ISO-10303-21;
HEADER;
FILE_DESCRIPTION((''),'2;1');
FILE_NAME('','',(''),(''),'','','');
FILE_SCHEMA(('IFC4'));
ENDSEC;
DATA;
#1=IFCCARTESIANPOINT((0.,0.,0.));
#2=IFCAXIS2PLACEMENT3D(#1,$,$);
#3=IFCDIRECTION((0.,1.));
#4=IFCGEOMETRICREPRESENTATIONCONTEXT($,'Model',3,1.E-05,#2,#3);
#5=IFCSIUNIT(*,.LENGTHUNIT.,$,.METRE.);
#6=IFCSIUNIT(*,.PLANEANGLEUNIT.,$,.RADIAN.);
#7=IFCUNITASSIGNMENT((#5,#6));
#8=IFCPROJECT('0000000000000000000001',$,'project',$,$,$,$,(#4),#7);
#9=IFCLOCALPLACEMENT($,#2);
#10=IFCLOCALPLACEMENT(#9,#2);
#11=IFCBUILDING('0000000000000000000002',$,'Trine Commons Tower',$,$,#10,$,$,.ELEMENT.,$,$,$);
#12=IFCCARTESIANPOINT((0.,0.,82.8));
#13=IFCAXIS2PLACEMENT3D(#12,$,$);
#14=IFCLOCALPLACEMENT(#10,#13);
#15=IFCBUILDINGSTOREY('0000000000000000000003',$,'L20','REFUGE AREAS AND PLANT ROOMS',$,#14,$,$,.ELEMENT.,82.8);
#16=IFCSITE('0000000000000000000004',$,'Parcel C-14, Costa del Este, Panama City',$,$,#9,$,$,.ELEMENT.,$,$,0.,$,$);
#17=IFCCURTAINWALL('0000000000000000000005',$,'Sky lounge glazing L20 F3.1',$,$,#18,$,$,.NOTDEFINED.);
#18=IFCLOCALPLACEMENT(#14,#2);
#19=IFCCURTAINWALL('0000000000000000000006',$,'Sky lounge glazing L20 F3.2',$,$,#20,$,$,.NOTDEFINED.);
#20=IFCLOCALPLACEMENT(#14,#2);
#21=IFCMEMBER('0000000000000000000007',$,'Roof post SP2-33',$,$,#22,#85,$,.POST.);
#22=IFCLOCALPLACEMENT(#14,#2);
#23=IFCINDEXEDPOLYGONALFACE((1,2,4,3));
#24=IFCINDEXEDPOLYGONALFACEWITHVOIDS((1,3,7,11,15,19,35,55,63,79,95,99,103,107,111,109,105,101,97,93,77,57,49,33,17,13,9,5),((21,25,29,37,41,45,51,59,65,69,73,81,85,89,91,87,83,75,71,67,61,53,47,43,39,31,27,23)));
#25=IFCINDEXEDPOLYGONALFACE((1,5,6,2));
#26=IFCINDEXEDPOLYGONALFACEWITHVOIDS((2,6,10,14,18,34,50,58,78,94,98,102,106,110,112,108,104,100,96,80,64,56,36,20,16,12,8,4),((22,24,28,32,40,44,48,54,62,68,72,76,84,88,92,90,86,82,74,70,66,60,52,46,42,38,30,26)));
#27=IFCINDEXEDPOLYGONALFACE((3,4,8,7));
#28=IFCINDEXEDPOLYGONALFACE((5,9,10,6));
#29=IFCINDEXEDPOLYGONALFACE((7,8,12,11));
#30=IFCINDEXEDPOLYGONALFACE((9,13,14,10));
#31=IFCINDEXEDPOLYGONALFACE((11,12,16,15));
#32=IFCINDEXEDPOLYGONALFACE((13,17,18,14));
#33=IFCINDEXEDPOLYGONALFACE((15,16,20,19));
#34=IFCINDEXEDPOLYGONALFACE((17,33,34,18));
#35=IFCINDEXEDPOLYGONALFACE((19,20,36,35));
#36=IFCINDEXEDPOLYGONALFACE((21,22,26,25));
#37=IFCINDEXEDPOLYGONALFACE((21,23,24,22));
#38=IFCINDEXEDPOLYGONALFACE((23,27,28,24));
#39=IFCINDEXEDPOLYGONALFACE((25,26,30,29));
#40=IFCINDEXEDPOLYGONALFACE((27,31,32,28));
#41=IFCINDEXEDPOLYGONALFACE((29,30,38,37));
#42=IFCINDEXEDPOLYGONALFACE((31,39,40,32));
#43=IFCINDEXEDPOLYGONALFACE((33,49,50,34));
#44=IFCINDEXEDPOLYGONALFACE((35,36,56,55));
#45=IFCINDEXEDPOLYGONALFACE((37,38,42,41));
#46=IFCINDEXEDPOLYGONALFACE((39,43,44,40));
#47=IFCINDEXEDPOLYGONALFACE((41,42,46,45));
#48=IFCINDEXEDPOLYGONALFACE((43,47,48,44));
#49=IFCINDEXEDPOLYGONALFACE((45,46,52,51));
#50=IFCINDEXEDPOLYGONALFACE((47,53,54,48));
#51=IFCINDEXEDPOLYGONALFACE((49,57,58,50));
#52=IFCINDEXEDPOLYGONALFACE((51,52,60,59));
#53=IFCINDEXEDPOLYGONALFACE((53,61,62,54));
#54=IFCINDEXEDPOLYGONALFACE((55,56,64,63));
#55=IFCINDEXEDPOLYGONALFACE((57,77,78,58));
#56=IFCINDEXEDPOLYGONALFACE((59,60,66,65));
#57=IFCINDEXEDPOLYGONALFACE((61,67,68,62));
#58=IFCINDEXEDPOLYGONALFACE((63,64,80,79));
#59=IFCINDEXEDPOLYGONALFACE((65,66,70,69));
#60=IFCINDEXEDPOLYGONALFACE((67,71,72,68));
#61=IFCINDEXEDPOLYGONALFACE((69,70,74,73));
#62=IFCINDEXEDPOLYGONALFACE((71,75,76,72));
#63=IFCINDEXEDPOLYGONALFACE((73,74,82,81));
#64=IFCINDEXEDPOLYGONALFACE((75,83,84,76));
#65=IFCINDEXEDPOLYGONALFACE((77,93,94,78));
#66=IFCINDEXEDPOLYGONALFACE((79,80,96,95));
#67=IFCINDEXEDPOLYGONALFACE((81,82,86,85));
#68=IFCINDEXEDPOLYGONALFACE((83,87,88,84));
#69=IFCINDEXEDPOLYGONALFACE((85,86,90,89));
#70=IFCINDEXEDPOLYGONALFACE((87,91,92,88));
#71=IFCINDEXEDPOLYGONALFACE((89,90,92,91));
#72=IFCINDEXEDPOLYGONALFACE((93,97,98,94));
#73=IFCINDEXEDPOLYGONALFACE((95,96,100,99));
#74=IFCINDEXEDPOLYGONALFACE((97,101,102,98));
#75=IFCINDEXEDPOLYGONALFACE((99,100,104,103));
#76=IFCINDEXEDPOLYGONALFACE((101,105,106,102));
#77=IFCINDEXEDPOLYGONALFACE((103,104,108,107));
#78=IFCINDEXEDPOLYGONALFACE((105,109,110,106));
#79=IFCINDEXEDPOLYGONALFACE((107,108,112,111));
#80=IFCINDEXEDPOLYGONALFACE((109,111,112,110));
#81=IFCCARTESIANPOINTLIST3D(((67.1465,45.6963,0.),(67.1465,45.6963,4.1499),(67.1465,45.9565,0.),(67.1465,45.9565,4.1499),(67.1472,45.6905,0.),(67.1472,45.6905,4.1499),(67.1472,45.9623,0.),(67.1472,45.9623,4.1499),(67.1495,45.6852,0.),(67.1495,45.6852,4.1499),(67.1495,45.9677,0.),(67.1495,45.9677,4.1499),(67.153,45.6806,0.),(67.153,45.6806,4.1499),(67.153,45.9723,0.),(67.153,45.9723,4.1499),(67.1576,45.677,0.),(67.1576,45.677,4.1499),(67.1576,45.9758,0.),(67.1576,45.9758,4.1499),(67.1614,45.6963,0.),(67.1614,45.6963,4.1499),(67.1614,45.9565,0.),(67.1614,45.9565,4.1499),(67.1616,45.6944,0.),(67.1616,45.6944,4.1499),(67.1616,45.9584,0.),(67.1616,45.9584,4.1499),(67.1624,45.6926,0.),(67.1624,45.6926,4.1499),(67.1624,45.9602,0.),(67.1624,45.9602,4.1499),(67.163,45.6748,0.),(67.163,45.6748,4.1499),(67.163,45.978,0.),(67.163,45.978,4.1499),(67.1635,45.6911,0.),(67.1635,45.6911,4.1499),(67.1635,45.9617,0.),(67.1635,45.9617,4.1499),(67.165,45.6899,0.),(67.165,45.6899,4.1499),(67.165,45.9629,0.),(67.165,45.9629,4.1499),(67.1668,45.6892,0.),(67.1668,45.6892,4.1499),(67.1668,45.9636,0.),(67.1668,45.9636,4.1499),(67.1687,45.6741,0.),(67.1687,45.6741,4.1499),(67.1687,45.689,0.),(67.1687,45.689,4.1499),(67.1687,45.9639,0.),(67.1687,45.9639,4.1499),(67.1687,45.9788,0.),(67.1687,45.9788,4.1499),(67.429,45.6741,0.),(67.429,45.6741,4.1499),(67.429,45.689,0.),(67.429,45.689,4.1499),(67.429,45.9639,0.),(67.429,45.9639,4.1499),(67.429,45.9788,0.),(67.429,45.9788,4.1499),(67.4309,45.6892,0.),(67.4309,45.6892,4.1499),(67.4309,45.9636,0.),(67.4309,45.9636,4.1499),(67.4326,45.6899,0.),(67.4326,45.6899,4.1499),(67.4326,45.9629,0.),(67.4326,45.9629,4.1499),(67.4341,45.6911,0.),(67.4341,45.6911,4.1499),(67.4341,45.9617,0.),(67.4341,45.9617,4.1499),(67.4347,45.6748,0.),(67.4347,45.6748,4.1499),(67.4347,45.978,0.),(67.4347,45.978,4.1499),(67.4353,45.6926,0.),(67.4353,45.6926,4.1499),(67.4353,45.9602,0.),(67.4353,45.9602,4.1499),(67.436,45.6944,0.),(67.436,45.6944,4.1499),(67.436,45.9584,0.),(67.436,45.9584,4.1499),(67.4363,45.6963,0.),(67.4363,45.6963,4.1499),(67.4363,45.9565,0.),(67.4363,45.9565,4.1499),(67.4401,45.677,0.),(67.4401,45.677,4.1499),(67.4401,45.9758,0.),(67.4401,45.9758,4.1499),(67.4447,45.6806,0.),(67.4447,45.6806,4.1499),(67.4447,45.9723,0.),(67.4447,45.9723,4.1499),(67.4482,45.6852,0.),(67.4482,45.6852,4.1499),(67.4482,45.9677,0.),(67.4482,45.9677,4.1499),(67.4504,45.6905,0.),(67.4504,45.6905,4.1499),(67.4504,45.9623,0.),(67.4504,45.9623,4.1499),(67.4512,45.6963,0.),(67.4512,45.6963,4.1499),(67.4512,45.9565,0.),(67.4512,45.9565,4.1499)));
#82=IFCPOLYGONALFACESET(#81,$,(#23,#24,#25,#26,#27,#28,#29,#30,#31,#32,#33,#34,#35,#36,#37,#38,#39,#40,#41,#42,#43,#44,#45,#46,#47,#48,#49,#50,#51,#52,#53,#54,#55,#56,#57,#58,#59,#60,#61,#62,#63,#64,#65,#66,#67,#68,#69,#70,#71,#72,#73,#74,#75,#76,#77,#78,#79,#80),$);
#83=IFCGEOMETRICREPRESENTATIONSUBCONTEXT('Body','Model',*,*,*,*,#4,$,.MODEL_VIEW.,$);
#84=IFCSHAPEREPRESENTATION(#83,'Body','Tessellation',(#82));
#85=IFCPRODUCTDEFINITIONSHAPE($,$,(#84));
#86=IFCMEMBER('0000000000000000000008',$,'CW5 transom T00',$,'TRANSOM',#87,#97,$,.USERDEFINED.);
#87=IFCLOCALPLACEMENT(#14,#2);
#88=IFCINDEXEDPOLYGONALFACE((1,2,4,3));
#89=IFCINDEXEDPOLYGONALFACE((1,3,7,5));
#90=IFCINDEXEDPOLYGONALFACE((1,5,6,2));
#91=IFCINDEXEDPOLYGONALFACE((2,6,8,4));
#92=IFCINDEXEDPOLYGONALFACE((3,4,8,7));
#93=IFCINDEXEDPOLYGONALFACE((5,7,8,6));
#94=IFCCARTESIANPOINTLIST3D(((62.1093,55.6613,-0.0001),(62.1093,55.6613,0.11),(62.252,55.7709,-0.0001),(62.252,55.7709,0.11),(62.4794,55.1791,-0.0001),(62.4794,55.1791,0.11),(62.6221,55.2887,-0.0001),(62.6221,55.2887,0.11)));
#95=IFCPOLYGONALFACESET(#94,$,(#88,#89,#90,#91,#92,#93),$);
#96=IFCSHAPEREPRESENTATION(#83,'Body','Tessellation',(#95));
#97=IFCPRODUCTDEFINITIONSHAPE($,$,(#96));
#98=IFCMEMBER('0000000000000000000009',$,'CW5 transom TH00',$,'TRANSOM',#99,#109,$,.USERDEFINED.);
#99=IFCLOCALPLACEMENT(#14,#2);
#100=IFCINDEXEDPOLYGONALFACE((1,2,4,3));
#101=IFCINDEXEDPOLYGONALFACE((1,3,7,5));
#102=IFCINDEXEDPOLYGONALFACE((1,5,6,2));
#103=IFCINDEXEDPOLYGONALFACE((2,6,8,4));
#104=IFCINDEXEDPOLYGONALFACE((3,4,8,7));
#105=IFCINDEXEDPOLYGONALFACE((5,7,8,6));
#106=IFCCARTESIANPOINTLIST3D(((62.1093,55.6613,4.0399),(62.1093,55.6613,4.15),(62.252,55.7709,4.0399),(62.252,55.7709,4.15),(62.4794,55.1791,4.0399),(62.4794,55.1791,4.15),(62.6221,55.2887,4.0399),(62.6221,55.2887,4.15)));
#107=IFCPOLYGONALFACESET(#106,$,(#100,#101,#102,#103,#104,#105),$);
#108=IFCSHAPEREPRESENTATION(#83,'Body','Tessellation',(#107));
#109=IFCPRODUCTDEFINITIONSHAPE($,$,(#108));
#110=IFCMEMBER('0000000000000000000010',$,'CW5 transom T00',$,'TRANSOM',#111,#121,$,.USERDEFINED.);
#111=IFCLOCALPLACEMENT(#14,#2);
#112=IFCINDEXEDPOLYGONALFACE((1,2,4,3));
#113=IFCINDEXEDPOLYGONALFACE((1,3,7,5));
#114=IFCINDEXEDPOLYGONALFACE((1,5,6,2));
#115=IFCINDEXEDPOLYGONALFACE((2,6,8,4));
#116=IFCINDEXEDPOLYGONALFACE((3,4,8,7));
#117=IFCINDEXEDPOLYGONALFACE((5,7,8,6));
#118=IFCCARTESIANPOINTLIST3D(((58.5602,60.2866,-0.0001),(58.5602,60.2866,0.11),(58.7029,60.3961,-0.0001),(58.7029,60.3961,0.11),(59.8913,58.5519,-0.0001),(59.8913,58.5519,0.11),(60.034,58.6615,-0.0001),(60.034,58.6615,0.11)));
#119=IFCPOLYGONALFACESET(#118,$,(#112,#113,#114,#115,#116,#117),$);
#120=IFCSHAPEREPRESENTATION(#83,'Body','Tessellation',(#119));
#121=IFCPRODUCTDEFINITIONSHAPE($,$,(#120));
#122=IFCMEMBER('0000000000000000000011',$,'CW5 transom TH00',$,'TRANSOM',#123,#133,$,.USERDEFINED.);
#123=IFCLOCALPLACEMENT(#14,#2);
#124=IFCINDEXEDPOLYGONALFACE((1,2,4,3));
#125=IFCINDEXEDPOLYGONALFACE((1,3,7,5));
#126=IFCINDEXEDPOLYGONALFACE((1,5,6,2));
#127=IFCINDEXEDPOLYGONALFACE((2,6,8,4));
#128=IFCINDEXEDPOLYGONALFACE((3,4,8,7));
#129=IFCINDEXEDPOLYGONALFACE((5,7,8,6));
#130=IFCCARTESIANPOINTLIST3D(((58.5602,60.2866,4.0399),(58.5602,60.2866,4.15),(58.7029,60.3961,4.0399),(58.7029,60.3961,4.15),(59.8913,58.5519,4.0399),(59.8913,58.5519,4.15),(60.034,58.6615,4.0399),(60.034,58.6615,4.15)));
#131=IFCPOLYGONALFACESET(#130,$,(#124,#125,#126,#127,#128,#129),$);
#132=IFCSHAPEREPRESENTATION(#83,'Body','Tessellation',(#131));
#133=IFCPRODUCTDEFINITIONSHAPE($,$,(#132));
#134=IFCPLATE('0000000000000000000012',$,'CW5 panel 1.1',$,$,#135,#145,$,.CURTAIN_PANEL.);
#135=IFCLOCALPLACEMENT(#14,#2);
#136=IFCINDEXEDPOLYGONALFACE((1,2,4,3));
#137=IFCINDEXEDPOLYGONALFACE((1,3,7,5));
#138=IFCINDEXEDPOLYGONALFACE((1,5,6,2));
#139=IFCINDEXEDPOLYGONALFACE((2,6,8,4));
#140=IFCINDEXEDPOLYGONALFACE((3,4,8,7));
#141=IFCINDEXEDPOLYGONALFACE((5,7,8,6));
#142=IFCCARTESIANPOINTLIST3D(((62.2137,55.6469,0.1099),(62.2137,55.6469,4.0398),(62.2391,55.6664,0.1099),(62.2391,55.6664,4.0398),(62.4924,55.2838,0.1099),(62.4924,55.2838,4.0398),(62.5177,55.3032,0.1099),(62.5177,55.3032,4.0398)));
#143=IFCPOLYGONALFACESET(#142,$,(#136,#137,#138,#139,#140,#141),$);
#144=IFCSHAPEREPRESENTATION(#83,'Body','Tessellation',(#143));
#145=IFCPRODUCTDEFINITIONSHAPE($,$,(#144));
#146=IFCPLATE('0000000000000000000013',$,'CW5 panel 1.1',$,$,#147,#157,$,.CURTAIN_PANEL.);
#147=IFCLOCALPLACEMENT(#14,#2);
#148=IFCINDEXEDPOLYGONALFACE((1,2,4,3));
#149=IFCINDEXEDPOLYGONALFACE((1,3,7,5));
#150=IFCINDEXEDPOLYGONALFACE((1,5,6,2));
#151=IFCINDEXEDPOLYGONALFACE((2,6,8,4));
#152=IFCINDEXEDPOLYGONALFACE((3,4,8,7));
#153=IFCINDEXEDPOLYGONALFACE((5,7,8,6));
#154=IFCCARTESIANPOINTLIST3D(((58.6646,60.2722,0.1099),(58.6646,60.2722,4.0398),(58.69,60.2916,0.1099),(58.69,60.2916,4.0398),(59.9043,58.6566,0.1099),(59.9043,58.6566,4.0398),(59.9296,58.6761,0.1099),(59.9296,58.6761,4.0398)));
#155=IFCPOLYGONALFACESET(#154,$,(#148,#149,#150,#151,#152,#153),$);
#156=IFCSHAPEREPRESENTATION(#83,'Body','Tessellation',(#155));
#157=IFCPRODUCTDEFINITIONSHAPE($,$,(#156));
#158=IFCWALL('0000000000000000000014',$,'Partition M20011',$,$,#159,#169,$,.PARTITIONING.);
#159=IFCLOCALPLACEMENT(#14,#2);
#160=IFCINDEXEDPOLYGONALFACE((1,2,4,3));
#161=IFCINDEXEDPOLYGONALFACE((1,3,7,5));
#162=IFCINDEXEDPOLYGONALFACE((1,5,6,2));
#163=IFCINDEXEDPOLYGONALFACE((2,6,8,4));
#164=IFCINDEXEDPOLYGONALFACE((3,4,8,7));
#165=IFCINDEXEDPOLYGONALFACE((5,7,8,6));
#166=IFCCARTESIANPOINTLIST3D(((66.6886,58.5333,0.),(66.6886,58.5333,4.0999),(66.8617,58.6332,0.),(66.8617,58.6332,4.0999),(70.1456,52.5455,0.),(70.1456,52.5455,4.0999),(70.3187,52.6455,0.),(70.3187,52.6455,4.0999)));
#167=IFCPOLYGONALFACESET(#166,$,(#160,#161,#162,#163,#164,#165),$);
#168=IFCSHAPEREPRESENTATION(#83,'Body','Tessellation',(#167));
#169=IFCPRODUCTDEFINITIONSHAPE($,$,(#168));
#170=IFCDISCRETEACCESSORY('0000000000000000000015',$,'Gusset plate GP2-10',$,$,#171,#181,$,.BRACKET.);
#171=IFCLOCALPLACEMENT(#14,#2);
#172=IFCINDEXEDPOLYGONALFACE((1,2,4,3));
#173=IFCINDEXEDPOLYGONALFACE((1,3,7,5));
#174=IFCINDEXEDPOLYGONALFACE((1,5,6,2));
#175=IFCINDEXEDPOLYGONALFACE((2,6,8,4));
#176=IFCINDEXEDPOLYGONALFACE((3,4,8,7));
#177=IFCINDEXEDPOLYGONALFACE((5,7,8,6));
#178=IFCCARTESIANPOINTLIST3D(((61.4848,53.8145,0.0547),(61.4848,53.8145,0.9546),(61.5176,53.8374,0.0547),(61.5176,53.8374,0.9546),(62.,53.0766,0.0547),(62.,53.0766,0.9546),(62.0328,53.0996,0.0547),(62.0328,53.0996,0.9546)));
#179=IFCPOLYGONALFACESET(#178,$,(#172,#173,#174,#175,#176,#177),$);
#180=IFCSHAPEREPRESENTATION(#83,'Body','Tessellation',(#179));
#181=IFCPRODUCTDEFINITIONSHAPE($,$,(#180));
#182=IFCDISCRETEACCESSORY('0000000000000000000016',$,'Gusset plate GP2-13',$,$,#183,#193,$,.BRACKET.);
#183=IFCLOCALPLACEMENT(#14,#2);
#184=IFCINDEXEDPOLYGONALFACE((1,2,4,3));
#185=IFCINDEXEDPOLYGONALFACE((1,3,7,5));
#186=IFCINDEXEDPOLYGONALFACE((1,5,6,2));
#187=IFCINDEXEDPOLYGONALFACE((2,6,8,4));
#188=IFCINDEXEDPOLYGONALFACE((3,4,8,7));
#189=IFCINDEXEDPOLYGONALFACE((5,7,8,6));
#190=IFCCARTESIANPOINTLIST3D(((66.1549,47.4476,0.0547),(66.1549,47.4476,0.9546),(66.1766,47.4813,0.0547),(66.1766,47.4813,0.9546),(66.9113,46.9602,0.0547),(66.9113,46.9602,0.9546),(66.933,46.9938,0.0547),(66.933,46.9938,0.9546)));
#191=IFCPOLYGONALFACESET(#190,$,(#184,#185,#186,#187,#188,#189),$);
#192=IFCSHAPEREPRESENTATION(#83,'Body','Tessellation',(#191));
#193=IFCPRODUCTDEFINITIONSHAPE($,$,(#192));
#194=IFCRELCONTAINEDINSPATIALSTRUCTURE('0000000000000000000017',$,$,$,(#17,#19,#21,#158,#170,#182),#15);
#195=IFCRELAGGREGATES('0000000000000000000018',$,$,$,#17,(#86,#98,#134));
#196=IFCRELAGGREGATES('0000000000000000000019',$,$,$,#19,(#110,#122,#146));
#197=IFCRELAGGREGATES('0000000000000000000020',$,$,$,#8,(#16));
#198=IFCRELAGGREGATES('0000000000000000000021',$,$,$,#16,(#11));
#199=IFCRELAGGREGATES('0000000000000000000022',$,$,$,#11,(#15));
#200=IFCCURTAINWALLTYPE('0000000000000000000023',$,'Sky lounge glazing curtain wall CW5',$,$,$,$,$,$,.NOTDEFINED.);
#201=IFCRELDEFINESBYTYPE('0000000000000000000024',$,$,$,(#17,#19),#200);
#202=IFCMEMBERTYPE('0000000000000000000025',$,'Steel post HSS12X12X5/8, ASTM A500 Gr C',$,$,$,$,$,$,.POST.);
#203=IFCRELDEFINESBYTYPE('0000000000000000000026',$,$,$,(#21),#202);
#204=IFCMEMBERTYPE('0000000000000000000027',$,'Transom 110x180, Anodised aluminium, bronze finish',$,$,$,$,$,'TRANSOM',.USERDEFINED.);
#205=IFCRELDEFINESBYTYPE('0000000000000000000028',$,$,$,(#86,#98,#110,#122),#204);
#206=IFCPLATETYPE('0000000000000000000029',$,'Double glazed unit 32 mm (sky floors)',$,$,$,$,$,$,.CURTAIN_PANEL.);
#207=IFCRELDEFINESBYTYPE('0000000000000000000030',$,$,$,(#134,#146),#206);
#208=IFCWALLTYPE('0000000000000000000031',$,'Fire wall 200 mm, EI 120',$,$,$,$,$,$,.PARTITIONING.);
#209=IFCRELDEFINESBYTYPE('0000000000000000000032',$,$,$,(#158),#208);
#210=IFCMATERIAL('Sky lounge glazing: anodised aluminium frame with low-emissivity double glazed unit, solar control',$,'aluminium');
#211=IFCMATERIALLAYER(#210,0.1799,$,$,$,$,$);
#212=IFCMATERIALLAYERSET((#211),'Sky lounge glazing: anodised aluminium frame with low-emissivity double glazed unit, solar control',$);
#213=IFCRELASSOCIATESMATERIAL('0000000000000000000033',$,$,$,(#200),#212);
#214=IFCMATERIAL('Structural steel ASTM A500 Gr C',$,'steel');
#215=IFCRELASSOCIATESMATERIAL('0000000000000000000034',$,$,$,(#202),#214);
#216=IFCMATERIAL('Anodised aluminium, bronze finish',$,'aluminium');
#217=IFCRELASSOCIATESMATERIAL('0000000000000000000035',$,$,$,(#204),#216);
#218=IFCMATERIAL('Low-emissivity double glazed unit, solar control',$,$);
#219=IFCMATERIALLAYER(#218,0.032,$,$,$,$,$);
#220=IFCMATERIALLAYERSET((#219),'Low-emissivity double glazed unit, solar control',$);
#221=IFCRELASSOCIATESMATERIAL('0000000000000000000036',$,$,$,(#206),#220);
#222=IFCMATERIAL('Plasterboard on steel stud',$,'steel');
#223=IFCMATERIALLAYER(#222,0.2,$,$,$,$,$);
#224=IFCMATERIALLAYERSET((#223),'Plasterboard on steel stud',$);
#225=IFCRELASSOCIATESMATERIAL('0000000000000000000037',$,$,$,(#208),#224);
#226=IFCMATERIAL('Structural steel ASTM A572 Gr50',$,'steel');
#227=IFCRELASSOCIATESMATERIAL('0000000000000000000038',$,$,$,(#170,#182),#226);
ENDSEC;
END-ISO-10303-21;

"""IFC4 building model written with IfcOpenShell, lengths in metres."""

from ifc_helpers import new_model, si_unit, direction, frame, frame_2d, origin, origin_2d, place, context, subcontext, project, spatial, rectangle, hollow_rectangle, extrude, material, layer, layer_set, material_profile, profile_set, type_object, element, aggregate, save


model = new_model("IFC4")

# Units and contexts
model_context = context("Model", 3, precision=1e-05, world=origin(), true_north=direction((0.0, 1.0)))
body_context = subcontext(model_context, "Body", "Model", "MODEL_VIEW")
ifc_project = project(units=[si_unit("LENGTHUNIT", "METRE"), si_unit("PLANEANGLEUNIT", "RADIAN")], contexts=[model_context])

# Site, building, storey
site_placement = place(None, origin())
site = spatial("IfcSite", under=ifc_project, at=site_placement, Name="Parcel C-14, Costa del Este, Panama City", CompositionType="ELEMENT", RefElevation=0.0)
building_placement = place(site_placement, origin())
building = spatial("IfcBuilding", under=site, at=building_placement, Name="Trine Commons Tower", CompositionType="ELEMENT")
storey_placement = place(building_placement, frame((0.0, 0.0, 82.8)))
storey = spatial("IfcBuildingStorey", under=building, at=storey_placement, Name="L20", Description="REFUGE AREAS AND PLANT ROOMS", CompositionType="ELEMENT", Elevation=82.8)

# Curtain wall
ifc_material_1 = material(Name="Sky lounge glazing: anodised aluminium frame with low-emissivity double glazed unit, solar control", Category="aluminium")
ifc_layer_1 = layer(ifc_material_1, 0.1799)
ifc_layer_set_1 = layer_set([ifc_layer_1], Name="Sky lounge glazing: anodised aluminium frame with low-emissivity double glazed unit, solar control")
curtain_wall_type = type_object("IfcCurtainWallType", Name="Sky lounge glazing curtain wall CW5", PredefinedType="NOTDEFINED", material=ifc_layer_set_1)
curtain_wall_1_placement = place(storey_placement, origin())
curtain_wall_1 = element("IfcCurtainWall", 1, at=curtain_wall_1_placement, inside=storey, type_object=curtain_wall_type, Name="Sky lounge glazing L20 F3.1", PredefinedType="NOTDEFINED")
ifc_material_2 = material(Name="Anodised aluminium, bronze finish", Category="aluminium")

# Curtain wall
curtain_wall_2_placement = place(storey_placement, origin())
curtain_wall_2 = element("IfcCurtainWall", 2, at=curtain_wall_2_placement, inside=storey, type_object=curtain_wall_type, Name="Sky lounge glazing L20 F3.2", PredefinedType="NOTDEFINED")

# Member
ifc_material_3 = material(Name="Structural steel ASTM A500 Gr C", Category="steel")
ifc_material_profile_1 = material_profile(ifc_material_3, hollow_rectangle(XDim=0.3047, YDim=0.3047, WallThickness=0.0149, InnerFilletRadius=0.0073, OuterFilletRadius=0.0222, at=origin_2d()), Name="HSS12X12X5/8")
ifc_profile_set_1 = profile_set([ifc_material_profile_1], Name="Structural steel ASTM A500 Gr C")
member_type_1 = type_object("IfcMemberType", Name="Steel post HSS12X12X5/8, ASTM A500 Gr C", PredefinedType="POST", material=ifc_profile_set_1)
member_1_placement = place(storey_placement, frame((67.2988, 45.8264, 0.0), z_axis=(0.0, 0.0, 1.0), x_axis=(1.0, 0.0, 0.0)))
element("IfcMember", 3, at=member_1_placement, inside=storey, type_object=member_type_1, Name="Roof post SP2-33", PredefinedType="POST", context=body_context, shape_type="SweptSolid", body=[
    extrude(hollow_rectangle(XDim=0.3047, YDim=0.3047, WallThickness=0.0149, InnerFilletRadius=0.0073, OuterFilletRadius=0.0222, at=origin_2d()), origin(), (0.0, 0.0, 1.0), 4.1499),
])

# Members
ifc_material_profile_2 = material_profile(ifc_material_2, rectangle(XDim=0.1799, YDim=0.1101, at=origin_2d()), Name="Transom 110x180")
ifc_profile_set_2 = profile_set([ifc_material_profile_2], Name="Anodised aluminium, bronze finish")
member_type_2 = type_object("IfcMemberType", Name="Transom 110x180, Anodised aluminium, bronze finish", ElementType="TRANSOM", PredefinedType="USERDEFINED", material=ifc_profile_set_2)
member_2_placement = place(storey_placement, frame((62.5508, 55.2339, 0.0549), z_axis=(-0.608895, 0.793251, 0.0), x_axis=(-0.793251, -0.608895, 0.0)))
member_2 = element("IfcMember", 4, at=member_2_placement, type_object=member_type_2, Name="CW5 transom T00", ObjectType="TRANSOM", PredefinedType="USERDEFINED", context=body_context, shape_type="SweptSolid", body=[
    extrude(rectangle(XDim=0.1799, YDim=0.1101, at=origin_2d()), origin(), (0.0, 0.0, 1.0), 0.6079),
])
member_3_placement = place(storey_placement, frame((62.5508, 55.2339, 4.095), z_axis=(-0.608895, 0.793251, 0.0), x_axis=(-0.793251, -0.608895, 0.0)))
member_3 = element("IfcMember", 5, at=member_3_placement, type_object=member_type_2, Name="CW5 transom TH00", ObjectType="TRANSOM", PredefinedType="USERDEFINED", context=body_context, shape_type="SweptSolid", body=[
    extrude(rectangle(XDim=0.1799, YDim=0.1101, at=origin_2d()), origin(), (0.0, 0.0, 1.0), 0.6079),
])
member_4_placement = place(storey_placement, frame((59.9626, 58.6067, 0.0549), z_axis=(-0.608771, 0.793346, 0.0), x_axis=(-0.793346, -0.608771, 0.0)))
member_4 = element("IfcMember", 6, at=member_4_placement, type_object=member_type_2, Name="CW5 transom T00", ObjectType="TRANSOM", PredefinedType="USERDEFINED", context=body_context, shape_type="SweptSolid", body=[
    extrude(rectangle(XDim=0.1799, YDim=0.1101, at=origin_2d()), origin(), (0.0, 0.0, 1.0), 2.1865),
])
member_5_placement = place(storey_placement, frame((59.9626, 58.6067, 4.095), z_axis=(-0.608771, 0.793346, 0.0), x_axis=(-0.793346, -0.608771, 0.0)))
member_5 = element("IfcMember", 7, at=member_5_placement, type_object=member_type_2, Name="CW5 transom TH00", ObjectType="TRANSOM", PredefinedType="USERDEFINED", context=body_context, shape_type="SweptSolid", body=[
    extrude(rectangle(XDim=0.1799, YDim=0.1101, at=origin_2d()), origin(), (0.0, 0.0, 1.0), 2.1865),
])

# Plates
ifc_material_4 = material(Name="Low-emissivity double glazed unit, solar control")
ifc_layer_2 = layer(ifc_material_4, 0.032)
ifc_layer_set_2 = layer_set([ifc_layer_2], Name="Low-emissivity double glazed unit, solar control")
plate_type = type_object("IfcPlateType", Name="Double glazed unit 32 mm (sky floors)", PredefinedType="CURTAIN_PANEL", material=ifc_layer_set_2)
plate_1_placement = place(storey_placement, frame((62.3657, 55.4751, 0.1099), z_axis=(0.0, 0.0, 1.0), x_axis=(-0.608761, 0.793353, 0.0)))
plate_1 = element("IfcPlate", 8, at=plate_1_placement, type_object=plate_type, Name="CW5 panel 1.1", PredefinedType="CURTAIN_PANEL", context=body_context, shape_type="SweptSolid", body=[
    extrude(rectangle(XDim=0.4578, YDim=0.032, at=origin_2d()), origin(), (0.0, 0.0, 1.0), 3.9299),
])
aggregate(curtain_wall_1, [member_2, member_3, plate_1])
plate_2_placement = place(storey_placement, frame((59.2971, 59.4741, 0.1099), z_axis=(0.0, 0.0, 1.0), x_axis=(-0.608761, 0.793353, 0.0)))
plate_2 = element("IfcPlate", 9, at=plate_2_placement, type_object=plate_type, Name="CW5 panel 1.1", PredefinedType="CURTAIN_PANEL", context=body_context, shape_type="SweptSolid", body=[
    extrude(rectangle(XDim=2.0364, YDim=0.032, at=origin_2d()), origin(), (0.0, 0.0, 1.0), 3.9299),
])
aggregate(curtain_wall_2, [member_4, member_5, plate_2])

# Wall
ifc_material_5 = material(Name="Plasterboard on steel stud", Category="steel")
ifc_layer_3 = layer(ifc_material_5, 0.2)
ifc_layer_set_3 = layer_set([ifc_layer_3], Name="Plasterboard on steel stud")
wall_type_1 = type_object("IfcWallType", Name="Fire wall 200 mm, EI 120", PredefinedType="PARTITIONING", material=ifc_layer_set_3)
wall_1_placement = place(storey_placement, frame((66.7751, 58.5833, 0.0), z_axis=(0.0, 0.0, 1.0), x_axis=(0.499998, -0.866027, 0.0)))
element("IfcWall", 10, at=wall_1_placement, inside=storey, type_object=wall_type_1, Name="Partition M20011", PredefinedType="PARTITIONING", context=body_context, shape_type="SweptSolid", body=[
    extrude(rectangle(XDim=6.9141, YDim=0.2, at=frame_2d((3.457, 0.0))), origin(), (0.0, 0.0, 1.0), 4.0999),
])

# Discrete accessories
ifc_material_6 = material(Name="Structural steel ASTM A572 Gr50", Category="steel")
for number, where, z_axis, x_axis, name in (
    (11, (61.7588, 53.457, 0.0547), (0.0, 0.0, 1.0), (0.572489, -0.819912, 0.0), "Gusset plate GP2-10"),
    (12, (66.5439, 47.2207, 0.0547), (0.0, 0.0, 1.0), (0.840595, -0.541664, 0.0), "Gusset plate GP2-13"),
):
    element("IfcDiscreteAccessory", number, at=place(storey_placement, frame(where, z_axis=z_axis, x_axis=x_axis)), inside=storey, material=ifc_material_6, Name=name, PredefinedType="BRACKET", context=body_context, shape_type="SweptSolid", body=[
        extrude(rectangle(XDim=0.8999, YDim=0.04, at=origin_2d()), origin(), (0.0, 0.0, 1.0), 0.8999),
    ])

save(model, "model.ifc")
